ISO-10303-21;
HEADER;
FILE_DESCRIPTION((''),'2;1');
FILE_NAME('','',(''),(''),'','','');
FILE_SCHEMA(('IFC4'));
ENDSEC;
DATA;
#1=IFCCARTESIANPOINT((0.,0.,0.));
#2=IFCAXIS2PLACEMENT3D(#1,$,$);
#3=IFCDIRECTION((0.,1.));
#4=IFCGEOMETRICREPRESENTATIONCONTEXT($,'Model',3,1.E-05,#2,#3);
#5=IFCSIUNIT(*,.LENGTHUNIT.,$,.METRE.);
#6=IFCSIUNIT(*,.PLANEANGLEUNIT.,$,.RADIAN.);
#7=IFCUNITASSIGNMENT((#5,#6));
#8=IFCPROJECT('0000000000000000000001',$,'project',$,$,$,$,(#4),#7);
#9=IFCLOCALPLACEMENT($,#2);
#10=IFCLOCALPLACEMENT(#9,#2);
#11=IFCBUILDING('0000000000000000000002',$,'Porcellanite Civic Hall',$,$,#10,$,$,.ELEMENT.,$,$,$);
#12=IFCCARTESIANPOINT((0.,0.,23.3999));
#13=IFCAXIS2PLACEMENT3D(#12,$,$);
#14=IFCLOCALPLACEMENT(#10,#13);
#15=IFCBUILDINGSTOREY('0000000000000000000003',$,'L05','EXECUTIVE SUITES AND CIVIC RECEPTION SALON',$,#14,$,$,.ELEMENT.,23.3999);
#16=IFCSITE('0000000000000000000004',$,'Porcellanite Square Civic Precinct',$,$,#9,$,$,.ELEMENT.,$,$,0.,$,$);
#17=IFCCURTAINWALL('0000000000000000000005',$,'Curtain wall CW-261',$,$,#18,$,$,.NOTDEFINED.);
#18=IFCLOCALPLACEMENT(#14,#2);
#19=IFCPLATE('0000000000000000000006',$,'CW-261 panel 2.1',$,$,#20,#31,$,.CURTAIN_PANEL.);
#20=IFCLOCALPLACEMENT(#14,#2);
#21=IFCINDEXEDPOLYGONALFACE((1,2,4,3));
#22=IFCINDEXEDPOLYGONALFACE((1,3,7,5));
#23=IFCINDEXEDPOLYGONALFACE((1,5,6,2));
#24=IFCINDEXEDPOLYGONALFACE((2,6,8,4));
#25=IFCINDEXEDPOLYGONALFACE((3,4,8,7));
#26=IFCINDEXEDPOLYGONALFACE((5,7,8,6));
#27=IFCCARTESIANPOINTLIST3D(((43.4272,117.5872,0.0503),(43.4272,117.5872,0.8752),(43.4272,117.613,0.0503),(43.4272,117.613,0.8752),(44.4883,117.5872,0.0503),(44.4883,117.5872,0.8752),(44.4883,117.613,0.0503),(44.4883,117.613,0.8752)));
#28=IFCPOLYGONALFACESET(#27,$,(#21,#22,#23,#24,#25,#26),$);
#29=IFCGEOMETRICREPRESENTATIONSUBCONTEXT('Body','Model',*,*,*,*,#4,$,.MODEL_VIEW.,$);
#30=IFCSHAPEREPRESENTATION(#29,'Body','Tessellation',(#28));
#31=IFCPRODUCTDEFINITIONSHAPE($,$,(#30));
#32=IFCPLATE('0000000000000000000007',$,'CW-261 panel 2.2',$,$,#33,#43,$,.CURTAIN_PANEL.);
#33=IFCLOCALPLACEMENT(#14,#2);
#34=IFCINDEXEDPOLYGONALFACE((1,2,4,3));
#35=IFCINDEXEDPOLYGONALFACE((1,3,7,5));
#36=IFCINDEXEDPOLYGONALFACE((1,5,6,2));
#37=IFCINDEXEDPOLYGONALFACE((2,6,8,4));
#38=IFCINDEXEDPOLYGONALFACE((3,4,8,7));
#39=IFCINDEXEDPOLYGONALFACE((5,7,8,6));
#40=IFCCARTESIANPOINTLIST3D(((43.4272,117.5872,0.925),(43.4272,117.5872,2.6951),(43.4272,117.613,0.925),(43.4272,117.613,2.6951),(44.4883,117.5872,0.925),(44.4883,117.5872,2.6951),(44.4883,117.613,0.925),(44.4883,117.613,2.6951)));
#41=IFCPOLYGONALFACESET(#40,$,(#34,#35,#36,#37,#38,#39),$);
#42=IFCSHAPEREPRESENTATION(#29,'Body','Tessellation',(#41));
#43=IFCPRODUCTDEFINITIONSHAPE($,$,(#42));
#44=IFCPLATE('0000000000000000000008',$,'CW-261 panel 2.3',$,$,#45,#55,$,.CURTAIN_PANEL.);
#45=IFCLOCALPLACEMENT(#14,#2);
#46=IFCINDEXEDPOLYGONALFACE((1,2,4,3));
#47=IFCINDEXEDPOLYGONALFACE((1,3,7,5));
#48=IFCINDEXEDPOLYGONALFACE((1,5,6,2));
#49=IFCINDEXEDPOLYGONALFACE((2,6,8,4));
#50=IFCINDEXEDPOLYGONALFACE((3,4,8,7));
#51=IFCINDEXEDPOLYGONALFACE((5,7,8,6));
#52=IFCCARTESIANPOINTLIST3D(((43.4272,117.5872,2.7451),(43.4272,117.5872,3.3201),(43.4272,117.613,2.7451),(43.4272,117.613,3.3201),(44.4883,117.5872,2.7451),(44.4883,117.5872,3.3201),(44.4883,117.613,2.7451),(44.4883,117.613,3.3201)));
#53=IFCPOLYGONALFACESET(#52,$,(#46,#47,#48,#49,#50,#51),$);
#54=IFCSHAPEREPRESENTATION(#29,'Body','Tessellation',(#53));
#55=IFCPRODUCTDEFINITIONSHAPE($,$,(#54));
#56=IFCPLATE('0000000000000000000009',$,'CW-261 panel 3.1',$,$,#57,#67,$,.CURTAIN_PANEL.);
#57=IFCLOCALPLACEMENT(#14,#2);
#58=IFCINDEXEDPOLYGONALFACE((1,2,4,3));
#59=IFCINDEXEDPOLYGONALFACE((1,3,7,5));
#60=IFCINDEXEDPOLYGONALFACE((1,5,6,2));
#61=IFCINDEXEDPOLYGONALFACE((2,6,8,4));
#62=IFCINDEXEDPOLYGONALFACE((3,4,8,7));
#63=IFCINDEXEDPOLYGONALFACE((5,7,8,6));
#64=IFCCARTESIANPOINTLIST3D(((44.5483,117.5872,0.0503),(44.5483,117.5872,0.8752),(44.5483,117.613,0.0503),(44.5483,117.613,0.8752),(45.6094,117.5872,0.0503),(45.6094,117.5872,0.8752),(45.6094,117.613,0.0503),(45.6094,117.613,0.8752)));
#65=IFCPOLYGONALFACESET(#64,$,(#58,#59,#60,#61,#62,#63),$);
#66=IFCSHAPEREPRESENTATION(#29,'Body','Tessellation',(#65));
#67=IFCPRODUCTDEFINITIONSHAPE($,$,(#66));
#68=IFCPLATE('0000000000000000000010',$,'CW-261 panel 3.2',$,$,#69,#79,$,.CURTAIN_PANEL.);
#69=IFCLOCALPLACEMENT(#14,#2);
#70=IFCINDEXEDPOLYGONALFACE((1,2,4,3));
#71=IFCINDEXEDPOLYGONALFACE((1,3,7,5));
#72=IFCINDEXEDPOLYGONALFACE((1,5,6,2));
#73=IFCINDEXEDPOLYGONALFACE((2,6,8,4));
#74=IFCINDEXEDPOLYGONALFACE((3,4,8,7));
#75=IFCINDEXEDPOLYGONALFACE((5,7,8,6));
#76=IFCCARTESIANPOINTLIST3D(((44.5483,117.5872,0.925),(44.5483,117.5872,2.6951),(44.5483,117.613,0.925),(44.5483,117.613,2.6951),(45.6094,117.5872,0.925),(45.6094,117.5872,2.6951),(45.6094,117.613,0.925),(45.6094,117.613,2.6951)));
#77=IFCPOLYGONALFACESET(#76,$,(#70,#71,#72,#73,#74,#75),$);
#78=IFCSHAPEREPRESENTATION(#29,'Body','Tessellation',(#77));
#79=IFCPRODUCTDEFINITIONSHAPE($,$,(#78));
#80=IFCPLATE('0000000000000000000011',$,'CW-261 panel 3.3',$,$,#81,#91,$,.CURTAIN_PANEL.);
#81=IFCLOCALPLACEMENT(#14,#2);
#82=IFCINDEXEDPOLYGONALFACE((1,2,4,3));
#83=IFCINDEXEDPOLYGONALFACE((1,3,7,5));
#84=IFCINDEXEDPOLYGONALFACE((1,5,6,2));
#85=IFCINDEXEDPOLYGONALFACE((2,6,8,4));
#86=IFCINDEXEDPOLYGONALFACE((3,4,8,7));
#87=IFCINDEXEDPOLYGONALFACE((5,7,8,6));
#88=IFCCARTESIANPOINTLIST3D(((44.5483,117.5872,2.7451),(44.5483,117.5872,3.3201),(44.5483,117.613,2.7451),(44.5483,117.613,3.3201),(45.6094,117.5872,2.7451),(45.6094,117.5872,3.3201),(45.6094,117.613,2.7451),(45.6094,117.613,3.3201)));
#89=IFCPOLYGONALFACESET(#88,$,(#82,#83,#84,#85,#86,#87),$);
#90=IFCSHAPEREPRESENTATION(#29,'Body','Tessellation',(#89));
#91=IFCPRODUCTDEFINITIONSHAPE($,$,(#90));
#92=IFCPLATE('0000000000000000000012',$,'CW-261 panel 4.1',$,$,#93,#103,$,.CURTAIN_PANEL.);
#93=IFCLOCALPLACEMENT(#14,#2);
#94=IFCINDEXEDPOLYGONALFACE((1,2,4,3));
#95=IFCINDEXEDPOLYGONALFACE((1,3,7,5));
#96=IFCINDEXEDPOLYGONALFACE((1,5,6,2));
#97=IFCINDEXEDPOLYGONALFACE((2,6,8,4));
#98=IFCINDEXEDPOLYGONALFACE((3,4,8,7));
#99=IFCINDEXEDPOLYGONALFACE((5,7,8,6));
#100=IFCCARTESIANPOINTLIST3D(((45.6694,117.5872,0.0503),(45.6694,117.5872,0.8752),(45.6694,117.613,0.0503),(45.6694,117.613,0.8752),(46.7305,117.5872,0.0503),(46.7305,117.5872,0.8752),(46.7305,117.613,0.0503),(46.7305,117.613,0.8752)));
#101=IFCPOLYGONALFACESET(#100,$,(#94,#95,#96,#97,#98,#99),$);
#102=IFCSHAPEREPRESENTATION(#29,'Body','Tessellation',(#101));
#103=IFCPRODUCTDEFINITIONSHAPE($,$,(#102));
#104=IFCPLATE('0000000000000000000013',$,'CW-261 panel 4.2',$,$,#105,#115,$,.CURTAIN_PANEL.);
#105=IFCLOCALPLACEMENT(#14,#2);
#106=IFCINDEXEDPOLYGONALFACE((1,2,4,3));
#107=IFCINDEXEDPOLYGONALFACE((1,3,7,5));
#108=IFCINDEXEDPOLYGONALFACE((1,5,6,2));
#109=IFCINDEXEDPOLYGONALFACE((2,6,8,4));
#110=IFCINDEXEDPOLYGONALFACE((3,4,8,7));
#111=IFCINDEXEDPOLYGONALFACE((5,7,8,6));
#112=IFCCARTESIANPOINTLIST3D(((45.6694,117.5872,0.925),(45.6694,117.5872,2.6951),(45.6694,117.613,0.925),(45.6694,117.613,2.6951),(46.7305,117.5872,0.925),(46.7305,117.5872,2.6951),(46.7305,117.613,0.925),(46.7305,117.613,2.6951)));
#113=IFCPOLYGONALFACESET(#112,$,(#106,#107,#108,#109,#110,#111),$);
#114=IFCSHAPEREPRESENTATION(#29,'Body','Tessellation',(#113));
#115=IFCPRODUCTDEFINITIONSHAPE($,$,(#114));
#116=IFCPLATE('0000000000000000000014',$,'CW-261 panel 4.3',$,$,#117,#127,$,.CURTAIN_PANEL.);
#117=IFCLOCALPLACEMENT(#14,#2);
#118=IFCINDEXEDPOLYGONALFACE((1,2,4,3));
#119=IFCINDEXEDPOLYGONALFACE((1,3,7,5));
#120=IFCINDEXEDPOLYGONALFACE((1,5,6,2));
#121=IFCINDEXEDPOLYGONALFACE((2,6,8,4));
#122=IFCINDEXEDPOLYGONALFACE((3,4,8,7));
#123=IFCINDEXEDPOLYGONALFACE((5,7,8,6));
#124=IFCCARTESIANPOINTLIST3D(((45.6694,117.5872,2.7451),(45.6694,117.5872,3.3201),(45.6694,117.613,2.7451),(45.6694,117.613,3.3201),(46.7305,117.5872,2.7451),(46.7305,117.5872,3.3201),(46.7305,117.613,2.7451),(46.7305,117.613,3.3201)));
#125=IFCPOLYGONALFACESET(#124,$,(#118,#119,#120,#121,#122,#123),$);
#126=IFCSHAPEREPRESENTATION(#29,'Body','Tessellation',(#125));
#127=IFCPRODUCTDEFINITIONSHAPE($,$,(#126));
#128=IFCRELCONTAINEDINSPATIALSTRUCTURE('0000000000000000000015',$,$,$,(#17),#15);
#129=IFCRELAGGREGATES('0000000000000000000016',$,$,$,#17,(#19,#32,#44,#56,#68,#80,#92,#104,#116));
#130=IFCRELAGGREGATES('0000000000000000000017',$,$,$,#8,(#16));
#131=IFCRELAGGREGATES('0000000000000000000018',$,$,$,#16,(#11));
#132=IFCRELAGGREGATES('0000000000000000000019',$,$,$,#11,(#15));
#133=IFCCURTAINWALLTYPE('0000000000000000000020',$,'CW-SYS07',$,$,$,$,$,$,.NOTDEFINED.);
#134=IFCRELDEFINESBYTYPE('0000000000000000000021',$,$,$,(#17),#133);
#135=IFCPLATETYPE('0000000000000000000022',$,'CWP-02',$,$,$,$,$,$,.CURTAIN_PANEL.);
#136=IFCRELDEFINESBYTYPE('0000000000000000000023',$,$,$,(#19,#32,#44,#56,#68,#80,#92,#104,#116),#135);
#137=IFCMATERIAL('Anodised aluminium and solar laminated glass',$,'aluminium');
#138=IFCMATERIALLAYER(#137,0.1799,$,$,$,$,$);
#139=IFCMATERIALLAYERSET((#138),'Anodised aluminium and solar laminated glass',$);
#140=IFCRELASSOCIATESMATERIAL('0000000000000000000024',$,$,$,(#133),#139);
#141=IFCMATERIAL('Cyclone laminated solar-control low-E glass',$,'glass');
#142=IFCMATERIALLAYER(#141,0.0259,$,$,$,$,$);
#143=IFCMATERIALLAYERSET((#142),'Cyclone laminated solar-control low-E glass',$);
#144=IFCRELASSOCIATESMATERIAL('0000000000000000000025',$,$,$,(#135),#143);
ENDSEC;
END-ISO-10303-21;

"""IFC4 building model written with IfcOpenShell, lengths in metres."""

from ifc_helpers import new_model, si_unit, direction, frame, origin, origin_2d, place, context, subcontext, project, spatial, rectangle, extrude, material, layer, layer_set, type_object, element, aggregate, save


model = new_model("IFC4")

# Units and contexts
model_context = context("Model", 3, precision=1e-05, world=origin(), true_north=direction((0.0, 1.0)))
body_context = subcontext(model_context, "Body", "Model", "MODEL_VIEW")
ifc_project = project(units=[si_unit("LENGTHUNIT", "METRE"), si_unit("PLANEANGLEUNIT", "RADIAN")], contexts=[model_context])

# Site, building, storey
site_placement = place(None, origin())
site = spatial("IfcSite", under=ifc_project, at=site_placement, Name="Porcellanite Square Civic Precinct", CompositionType="ELEMENT", RefElevation=0.0)
building_placement = place(site_placement, origin())
building = spatial("IfcBuilding", under=site, at=building_placement, Name="Porcellanite Civic Hall", CompositionType="ELEMENT")
storey_placement = place(building_placement, frame((0.0, 0.0, 23.3999)))
storey = spatial("IfcBuildingStorey", under=building, at=storey_placement, Name="L05", Description="EXECUTIVE SUITES AND CIVIC RECEPTION SALON", CompositionType="ELEMENT", Elevation=23.3999)

# Curtain wall, plates
ifc_material_1 = material(Name="Anodised aluminium and solar laminated glass", Category="aluminium")
ifc_layer_1 = layer(ifc_material_1, 0.1799)
ifc_layer_set_1 = layer_set([ifc_layer_1], Name="Anodised aluminium and solar laminated glass")
curtain_wall_type = type_object("IfcCurtainWallType", Name="CW-SYS07", PredefinedType="NOTDEFINED", material=ifc_layer_set_1)
curtain_wall_placement = place(storey_placement, origin())
curtain_wall = element("IfcCurtainWall", 1, at=curtain_wall_placement, inside=storey, type_object=curtain_wall_type, Name="Curtain wall CW-261", PredefinedType="NOTDEFINED")
ifc_material_2 = material(Name="Cyclone laminated solar-control low-E glass", Category="glass")
ifc_layer_2 = layer(ifc_material_2, 0.0259)
ifc_layer_set_2 = layer_set([ifc_layer_2], Name="Cyclone laminated solar-control low-E glass")
plate_type = type_object("IfcPlateType", Name="CWP-02", PredefinedType="CURTAIN_PANEL", material=ifc_layer_set_2)
plate_1_placement = place(storey_placement, frame((43.9578, 117.6001, 0.0503), z_axis=(0.0, 0.0, 1.0), x_axis=(1.0, 0.0, 0.0)))
plate_1 = element("IfcPlate", 2, at=plate_1_placement, type_object=plate_type, Name="CW-261 panel 2.1", PredefinedType="CURTAIN_PANEL", context=body_context, shape_type="SweptSolid", body=[
    extrude(rectangle(XDim=1.061, YDim=0.0259, at=origin_2d()), origin(), (0.0, 0.0, 1.0), 0.825),
])
plate_2_placement = place(storey_placement, frame((43.9578, 117.6001, 0.925), z_axis=(0.0, 0.0, 1.0), x_axis=(1.0, 0.0, 0.0)))
plate_2 = element("IfcPlate", 3, at=plate_2_placement, type_object=plate_type, Name="CW-261 panel 2.2", PredefinedType="CURTAIN_PANEL", context=body_context, shape_type="SweptSolid", body=[
    extrude(rectangle(XDim=1.061, YDim=0.0259, at=origin_2d()), origin(), (0.0, 0.0, 1.0), 1.77),
])
plate_3_placement = place(storey_placement, frame((43.9578, 117.6001, 2.7451), z_axis=(0.0, 0.0, 1.0), x_axis=(1.0, 0.0, 0.0)))
plate_3 = element("IfcPlate", 4, at=plate_3_placement, type_object=plate_type, Name="CW-261 panel 2.3", PredefinedType="CURTAIN_PANEL", context=body_context, shape_type="SweptSolid", body=[
    extrude(rectangle(XDim=1.061, YDim=0.0259, at=origin_2d()), origin(), (0.0, 0.0, 1.0), 0.575),
])
plate_4_placement = place(storey_placement, frame((45.0789, 117.6001, 0.0503), z_axis=(0.0, 0.0, 1.0), x_axis=(1.0, 0.0, 0.0)))
plate_4 = element("IfcPlate", 5, at=plate_4_placement, type_object=plate_type, Name="CW-261 panel 3.1", PredefinedType="CURTAIN_PANEL", context=body_context, shape_type="SweptSolid", body=[
    extrude(rectangle(XDim=1.061, YDim=0.0259, at=origin_2d()), origin(), (0.0, 0.0, 1.0), 0.825),
])
plate_5_placement = place(storey_placement, frame((45.0789, 117.6001, 0.925), z_axis=(0.0, 0.0, 1.0), x_axis=(1.0, 0.0, 0.0)))
plate_5 = element("IfcPlate", 6, at=plate_5_placement, type_object=plate_type, Name="CW-261 panel 3.2", PredefinedType="CURTAIN_PANEL", context=body_context, shape_type="SweptSolid", body=[
    extrude(rectangle(XDim=1.061, YDim=0.0259, at=origin_2d()), origin(), (0.0, 0.0, 1.0), 1.77),
])
plate_6_placement = place(storey_placement, frame((45.0789, 117.6001, 2.7451), z_axis=(0.0, 0.0, 1.0), x_axis=(1.0, 0.0, 0.0)))
plate_6 = element("IfcPlate", 7, at=plate_6_placement, type_object=plate_type, Name="CW-261 panel 3.3", PredefinedType="CURTAIN_PANEL", context=body_context, shape_type="SweptSolid", body=[
    extrude(rectangle(XDim=1.061, YDim=0.0259, at=origin_2d()), origin(), (0.0, 0.0, 1.0), 0.575),
])
plate_7_placement = place(storey_placement, frame((46.2, 117.6001, 0.0503), z_axis=(0.0, 0.0, 1.0), x_axis=(1.0, 0.0, 0.0)))
plate_7 = element("IfcPlate", 8, at=plate_7_placement, type_object=plate_type, Name="CW-261 panel 4.1", PredefinedType="CURTAIN_PANEL", context=body_context, shape_type="SweptSolid", body=[
    extrude(rectangle(XDim=1.061, YDim=0.0259, at=origin_2d()), origin(), (0.0, 0.0, 1.0), 0.825),
])
plate_8_placement = place(storey_placement, frame((46.2, 117.6001, 0.925), z_axis=(0.0, 0.0, 1.0), x_axis=(1.0, 0.0, 0.0)))
plate_8 = element("IfcPlate", 9, at=plate_8_placement, type_object=plate_type, Name="CW-261 panel 4.2", PredefinedType="CURTAIN_PANEL", context=body_context, shape_type="SweptSolid", body=[
    extrude(rectangle(XDim=1.061, YDim=0.0259, at=origin_2d()), origin(), (0.0, 0.0, 1.0), 1.77),
])
plate_9_placement = place(storey_placement, frame((46.2, 117.6001, 2.7451), z_axis=(0.0, 0.0, 1.0), x_axis=(1.0, 0.0, 0.0)))
plate_9 = element("IfcPlate", 10, at=plate_9_placement, type_object=plate_type, Name="CW-261 panel 4.3", PredefinedType="CURTAIN_PANEL", context=body_context, shape_type="SweptSolid", body=[
    extrude(rectangle(XDim=1.061, YDim=0.0259, at=origin_2d()), origin(), (0.0, 0.0, 1.0), 0.575),
])
aggregate(curtain_wall, [plate_1, plate_2, plate_3, plate_4, plate_5, plate_6, plate_7, plate_8, plate_9])

save(model, "model.ifc")
